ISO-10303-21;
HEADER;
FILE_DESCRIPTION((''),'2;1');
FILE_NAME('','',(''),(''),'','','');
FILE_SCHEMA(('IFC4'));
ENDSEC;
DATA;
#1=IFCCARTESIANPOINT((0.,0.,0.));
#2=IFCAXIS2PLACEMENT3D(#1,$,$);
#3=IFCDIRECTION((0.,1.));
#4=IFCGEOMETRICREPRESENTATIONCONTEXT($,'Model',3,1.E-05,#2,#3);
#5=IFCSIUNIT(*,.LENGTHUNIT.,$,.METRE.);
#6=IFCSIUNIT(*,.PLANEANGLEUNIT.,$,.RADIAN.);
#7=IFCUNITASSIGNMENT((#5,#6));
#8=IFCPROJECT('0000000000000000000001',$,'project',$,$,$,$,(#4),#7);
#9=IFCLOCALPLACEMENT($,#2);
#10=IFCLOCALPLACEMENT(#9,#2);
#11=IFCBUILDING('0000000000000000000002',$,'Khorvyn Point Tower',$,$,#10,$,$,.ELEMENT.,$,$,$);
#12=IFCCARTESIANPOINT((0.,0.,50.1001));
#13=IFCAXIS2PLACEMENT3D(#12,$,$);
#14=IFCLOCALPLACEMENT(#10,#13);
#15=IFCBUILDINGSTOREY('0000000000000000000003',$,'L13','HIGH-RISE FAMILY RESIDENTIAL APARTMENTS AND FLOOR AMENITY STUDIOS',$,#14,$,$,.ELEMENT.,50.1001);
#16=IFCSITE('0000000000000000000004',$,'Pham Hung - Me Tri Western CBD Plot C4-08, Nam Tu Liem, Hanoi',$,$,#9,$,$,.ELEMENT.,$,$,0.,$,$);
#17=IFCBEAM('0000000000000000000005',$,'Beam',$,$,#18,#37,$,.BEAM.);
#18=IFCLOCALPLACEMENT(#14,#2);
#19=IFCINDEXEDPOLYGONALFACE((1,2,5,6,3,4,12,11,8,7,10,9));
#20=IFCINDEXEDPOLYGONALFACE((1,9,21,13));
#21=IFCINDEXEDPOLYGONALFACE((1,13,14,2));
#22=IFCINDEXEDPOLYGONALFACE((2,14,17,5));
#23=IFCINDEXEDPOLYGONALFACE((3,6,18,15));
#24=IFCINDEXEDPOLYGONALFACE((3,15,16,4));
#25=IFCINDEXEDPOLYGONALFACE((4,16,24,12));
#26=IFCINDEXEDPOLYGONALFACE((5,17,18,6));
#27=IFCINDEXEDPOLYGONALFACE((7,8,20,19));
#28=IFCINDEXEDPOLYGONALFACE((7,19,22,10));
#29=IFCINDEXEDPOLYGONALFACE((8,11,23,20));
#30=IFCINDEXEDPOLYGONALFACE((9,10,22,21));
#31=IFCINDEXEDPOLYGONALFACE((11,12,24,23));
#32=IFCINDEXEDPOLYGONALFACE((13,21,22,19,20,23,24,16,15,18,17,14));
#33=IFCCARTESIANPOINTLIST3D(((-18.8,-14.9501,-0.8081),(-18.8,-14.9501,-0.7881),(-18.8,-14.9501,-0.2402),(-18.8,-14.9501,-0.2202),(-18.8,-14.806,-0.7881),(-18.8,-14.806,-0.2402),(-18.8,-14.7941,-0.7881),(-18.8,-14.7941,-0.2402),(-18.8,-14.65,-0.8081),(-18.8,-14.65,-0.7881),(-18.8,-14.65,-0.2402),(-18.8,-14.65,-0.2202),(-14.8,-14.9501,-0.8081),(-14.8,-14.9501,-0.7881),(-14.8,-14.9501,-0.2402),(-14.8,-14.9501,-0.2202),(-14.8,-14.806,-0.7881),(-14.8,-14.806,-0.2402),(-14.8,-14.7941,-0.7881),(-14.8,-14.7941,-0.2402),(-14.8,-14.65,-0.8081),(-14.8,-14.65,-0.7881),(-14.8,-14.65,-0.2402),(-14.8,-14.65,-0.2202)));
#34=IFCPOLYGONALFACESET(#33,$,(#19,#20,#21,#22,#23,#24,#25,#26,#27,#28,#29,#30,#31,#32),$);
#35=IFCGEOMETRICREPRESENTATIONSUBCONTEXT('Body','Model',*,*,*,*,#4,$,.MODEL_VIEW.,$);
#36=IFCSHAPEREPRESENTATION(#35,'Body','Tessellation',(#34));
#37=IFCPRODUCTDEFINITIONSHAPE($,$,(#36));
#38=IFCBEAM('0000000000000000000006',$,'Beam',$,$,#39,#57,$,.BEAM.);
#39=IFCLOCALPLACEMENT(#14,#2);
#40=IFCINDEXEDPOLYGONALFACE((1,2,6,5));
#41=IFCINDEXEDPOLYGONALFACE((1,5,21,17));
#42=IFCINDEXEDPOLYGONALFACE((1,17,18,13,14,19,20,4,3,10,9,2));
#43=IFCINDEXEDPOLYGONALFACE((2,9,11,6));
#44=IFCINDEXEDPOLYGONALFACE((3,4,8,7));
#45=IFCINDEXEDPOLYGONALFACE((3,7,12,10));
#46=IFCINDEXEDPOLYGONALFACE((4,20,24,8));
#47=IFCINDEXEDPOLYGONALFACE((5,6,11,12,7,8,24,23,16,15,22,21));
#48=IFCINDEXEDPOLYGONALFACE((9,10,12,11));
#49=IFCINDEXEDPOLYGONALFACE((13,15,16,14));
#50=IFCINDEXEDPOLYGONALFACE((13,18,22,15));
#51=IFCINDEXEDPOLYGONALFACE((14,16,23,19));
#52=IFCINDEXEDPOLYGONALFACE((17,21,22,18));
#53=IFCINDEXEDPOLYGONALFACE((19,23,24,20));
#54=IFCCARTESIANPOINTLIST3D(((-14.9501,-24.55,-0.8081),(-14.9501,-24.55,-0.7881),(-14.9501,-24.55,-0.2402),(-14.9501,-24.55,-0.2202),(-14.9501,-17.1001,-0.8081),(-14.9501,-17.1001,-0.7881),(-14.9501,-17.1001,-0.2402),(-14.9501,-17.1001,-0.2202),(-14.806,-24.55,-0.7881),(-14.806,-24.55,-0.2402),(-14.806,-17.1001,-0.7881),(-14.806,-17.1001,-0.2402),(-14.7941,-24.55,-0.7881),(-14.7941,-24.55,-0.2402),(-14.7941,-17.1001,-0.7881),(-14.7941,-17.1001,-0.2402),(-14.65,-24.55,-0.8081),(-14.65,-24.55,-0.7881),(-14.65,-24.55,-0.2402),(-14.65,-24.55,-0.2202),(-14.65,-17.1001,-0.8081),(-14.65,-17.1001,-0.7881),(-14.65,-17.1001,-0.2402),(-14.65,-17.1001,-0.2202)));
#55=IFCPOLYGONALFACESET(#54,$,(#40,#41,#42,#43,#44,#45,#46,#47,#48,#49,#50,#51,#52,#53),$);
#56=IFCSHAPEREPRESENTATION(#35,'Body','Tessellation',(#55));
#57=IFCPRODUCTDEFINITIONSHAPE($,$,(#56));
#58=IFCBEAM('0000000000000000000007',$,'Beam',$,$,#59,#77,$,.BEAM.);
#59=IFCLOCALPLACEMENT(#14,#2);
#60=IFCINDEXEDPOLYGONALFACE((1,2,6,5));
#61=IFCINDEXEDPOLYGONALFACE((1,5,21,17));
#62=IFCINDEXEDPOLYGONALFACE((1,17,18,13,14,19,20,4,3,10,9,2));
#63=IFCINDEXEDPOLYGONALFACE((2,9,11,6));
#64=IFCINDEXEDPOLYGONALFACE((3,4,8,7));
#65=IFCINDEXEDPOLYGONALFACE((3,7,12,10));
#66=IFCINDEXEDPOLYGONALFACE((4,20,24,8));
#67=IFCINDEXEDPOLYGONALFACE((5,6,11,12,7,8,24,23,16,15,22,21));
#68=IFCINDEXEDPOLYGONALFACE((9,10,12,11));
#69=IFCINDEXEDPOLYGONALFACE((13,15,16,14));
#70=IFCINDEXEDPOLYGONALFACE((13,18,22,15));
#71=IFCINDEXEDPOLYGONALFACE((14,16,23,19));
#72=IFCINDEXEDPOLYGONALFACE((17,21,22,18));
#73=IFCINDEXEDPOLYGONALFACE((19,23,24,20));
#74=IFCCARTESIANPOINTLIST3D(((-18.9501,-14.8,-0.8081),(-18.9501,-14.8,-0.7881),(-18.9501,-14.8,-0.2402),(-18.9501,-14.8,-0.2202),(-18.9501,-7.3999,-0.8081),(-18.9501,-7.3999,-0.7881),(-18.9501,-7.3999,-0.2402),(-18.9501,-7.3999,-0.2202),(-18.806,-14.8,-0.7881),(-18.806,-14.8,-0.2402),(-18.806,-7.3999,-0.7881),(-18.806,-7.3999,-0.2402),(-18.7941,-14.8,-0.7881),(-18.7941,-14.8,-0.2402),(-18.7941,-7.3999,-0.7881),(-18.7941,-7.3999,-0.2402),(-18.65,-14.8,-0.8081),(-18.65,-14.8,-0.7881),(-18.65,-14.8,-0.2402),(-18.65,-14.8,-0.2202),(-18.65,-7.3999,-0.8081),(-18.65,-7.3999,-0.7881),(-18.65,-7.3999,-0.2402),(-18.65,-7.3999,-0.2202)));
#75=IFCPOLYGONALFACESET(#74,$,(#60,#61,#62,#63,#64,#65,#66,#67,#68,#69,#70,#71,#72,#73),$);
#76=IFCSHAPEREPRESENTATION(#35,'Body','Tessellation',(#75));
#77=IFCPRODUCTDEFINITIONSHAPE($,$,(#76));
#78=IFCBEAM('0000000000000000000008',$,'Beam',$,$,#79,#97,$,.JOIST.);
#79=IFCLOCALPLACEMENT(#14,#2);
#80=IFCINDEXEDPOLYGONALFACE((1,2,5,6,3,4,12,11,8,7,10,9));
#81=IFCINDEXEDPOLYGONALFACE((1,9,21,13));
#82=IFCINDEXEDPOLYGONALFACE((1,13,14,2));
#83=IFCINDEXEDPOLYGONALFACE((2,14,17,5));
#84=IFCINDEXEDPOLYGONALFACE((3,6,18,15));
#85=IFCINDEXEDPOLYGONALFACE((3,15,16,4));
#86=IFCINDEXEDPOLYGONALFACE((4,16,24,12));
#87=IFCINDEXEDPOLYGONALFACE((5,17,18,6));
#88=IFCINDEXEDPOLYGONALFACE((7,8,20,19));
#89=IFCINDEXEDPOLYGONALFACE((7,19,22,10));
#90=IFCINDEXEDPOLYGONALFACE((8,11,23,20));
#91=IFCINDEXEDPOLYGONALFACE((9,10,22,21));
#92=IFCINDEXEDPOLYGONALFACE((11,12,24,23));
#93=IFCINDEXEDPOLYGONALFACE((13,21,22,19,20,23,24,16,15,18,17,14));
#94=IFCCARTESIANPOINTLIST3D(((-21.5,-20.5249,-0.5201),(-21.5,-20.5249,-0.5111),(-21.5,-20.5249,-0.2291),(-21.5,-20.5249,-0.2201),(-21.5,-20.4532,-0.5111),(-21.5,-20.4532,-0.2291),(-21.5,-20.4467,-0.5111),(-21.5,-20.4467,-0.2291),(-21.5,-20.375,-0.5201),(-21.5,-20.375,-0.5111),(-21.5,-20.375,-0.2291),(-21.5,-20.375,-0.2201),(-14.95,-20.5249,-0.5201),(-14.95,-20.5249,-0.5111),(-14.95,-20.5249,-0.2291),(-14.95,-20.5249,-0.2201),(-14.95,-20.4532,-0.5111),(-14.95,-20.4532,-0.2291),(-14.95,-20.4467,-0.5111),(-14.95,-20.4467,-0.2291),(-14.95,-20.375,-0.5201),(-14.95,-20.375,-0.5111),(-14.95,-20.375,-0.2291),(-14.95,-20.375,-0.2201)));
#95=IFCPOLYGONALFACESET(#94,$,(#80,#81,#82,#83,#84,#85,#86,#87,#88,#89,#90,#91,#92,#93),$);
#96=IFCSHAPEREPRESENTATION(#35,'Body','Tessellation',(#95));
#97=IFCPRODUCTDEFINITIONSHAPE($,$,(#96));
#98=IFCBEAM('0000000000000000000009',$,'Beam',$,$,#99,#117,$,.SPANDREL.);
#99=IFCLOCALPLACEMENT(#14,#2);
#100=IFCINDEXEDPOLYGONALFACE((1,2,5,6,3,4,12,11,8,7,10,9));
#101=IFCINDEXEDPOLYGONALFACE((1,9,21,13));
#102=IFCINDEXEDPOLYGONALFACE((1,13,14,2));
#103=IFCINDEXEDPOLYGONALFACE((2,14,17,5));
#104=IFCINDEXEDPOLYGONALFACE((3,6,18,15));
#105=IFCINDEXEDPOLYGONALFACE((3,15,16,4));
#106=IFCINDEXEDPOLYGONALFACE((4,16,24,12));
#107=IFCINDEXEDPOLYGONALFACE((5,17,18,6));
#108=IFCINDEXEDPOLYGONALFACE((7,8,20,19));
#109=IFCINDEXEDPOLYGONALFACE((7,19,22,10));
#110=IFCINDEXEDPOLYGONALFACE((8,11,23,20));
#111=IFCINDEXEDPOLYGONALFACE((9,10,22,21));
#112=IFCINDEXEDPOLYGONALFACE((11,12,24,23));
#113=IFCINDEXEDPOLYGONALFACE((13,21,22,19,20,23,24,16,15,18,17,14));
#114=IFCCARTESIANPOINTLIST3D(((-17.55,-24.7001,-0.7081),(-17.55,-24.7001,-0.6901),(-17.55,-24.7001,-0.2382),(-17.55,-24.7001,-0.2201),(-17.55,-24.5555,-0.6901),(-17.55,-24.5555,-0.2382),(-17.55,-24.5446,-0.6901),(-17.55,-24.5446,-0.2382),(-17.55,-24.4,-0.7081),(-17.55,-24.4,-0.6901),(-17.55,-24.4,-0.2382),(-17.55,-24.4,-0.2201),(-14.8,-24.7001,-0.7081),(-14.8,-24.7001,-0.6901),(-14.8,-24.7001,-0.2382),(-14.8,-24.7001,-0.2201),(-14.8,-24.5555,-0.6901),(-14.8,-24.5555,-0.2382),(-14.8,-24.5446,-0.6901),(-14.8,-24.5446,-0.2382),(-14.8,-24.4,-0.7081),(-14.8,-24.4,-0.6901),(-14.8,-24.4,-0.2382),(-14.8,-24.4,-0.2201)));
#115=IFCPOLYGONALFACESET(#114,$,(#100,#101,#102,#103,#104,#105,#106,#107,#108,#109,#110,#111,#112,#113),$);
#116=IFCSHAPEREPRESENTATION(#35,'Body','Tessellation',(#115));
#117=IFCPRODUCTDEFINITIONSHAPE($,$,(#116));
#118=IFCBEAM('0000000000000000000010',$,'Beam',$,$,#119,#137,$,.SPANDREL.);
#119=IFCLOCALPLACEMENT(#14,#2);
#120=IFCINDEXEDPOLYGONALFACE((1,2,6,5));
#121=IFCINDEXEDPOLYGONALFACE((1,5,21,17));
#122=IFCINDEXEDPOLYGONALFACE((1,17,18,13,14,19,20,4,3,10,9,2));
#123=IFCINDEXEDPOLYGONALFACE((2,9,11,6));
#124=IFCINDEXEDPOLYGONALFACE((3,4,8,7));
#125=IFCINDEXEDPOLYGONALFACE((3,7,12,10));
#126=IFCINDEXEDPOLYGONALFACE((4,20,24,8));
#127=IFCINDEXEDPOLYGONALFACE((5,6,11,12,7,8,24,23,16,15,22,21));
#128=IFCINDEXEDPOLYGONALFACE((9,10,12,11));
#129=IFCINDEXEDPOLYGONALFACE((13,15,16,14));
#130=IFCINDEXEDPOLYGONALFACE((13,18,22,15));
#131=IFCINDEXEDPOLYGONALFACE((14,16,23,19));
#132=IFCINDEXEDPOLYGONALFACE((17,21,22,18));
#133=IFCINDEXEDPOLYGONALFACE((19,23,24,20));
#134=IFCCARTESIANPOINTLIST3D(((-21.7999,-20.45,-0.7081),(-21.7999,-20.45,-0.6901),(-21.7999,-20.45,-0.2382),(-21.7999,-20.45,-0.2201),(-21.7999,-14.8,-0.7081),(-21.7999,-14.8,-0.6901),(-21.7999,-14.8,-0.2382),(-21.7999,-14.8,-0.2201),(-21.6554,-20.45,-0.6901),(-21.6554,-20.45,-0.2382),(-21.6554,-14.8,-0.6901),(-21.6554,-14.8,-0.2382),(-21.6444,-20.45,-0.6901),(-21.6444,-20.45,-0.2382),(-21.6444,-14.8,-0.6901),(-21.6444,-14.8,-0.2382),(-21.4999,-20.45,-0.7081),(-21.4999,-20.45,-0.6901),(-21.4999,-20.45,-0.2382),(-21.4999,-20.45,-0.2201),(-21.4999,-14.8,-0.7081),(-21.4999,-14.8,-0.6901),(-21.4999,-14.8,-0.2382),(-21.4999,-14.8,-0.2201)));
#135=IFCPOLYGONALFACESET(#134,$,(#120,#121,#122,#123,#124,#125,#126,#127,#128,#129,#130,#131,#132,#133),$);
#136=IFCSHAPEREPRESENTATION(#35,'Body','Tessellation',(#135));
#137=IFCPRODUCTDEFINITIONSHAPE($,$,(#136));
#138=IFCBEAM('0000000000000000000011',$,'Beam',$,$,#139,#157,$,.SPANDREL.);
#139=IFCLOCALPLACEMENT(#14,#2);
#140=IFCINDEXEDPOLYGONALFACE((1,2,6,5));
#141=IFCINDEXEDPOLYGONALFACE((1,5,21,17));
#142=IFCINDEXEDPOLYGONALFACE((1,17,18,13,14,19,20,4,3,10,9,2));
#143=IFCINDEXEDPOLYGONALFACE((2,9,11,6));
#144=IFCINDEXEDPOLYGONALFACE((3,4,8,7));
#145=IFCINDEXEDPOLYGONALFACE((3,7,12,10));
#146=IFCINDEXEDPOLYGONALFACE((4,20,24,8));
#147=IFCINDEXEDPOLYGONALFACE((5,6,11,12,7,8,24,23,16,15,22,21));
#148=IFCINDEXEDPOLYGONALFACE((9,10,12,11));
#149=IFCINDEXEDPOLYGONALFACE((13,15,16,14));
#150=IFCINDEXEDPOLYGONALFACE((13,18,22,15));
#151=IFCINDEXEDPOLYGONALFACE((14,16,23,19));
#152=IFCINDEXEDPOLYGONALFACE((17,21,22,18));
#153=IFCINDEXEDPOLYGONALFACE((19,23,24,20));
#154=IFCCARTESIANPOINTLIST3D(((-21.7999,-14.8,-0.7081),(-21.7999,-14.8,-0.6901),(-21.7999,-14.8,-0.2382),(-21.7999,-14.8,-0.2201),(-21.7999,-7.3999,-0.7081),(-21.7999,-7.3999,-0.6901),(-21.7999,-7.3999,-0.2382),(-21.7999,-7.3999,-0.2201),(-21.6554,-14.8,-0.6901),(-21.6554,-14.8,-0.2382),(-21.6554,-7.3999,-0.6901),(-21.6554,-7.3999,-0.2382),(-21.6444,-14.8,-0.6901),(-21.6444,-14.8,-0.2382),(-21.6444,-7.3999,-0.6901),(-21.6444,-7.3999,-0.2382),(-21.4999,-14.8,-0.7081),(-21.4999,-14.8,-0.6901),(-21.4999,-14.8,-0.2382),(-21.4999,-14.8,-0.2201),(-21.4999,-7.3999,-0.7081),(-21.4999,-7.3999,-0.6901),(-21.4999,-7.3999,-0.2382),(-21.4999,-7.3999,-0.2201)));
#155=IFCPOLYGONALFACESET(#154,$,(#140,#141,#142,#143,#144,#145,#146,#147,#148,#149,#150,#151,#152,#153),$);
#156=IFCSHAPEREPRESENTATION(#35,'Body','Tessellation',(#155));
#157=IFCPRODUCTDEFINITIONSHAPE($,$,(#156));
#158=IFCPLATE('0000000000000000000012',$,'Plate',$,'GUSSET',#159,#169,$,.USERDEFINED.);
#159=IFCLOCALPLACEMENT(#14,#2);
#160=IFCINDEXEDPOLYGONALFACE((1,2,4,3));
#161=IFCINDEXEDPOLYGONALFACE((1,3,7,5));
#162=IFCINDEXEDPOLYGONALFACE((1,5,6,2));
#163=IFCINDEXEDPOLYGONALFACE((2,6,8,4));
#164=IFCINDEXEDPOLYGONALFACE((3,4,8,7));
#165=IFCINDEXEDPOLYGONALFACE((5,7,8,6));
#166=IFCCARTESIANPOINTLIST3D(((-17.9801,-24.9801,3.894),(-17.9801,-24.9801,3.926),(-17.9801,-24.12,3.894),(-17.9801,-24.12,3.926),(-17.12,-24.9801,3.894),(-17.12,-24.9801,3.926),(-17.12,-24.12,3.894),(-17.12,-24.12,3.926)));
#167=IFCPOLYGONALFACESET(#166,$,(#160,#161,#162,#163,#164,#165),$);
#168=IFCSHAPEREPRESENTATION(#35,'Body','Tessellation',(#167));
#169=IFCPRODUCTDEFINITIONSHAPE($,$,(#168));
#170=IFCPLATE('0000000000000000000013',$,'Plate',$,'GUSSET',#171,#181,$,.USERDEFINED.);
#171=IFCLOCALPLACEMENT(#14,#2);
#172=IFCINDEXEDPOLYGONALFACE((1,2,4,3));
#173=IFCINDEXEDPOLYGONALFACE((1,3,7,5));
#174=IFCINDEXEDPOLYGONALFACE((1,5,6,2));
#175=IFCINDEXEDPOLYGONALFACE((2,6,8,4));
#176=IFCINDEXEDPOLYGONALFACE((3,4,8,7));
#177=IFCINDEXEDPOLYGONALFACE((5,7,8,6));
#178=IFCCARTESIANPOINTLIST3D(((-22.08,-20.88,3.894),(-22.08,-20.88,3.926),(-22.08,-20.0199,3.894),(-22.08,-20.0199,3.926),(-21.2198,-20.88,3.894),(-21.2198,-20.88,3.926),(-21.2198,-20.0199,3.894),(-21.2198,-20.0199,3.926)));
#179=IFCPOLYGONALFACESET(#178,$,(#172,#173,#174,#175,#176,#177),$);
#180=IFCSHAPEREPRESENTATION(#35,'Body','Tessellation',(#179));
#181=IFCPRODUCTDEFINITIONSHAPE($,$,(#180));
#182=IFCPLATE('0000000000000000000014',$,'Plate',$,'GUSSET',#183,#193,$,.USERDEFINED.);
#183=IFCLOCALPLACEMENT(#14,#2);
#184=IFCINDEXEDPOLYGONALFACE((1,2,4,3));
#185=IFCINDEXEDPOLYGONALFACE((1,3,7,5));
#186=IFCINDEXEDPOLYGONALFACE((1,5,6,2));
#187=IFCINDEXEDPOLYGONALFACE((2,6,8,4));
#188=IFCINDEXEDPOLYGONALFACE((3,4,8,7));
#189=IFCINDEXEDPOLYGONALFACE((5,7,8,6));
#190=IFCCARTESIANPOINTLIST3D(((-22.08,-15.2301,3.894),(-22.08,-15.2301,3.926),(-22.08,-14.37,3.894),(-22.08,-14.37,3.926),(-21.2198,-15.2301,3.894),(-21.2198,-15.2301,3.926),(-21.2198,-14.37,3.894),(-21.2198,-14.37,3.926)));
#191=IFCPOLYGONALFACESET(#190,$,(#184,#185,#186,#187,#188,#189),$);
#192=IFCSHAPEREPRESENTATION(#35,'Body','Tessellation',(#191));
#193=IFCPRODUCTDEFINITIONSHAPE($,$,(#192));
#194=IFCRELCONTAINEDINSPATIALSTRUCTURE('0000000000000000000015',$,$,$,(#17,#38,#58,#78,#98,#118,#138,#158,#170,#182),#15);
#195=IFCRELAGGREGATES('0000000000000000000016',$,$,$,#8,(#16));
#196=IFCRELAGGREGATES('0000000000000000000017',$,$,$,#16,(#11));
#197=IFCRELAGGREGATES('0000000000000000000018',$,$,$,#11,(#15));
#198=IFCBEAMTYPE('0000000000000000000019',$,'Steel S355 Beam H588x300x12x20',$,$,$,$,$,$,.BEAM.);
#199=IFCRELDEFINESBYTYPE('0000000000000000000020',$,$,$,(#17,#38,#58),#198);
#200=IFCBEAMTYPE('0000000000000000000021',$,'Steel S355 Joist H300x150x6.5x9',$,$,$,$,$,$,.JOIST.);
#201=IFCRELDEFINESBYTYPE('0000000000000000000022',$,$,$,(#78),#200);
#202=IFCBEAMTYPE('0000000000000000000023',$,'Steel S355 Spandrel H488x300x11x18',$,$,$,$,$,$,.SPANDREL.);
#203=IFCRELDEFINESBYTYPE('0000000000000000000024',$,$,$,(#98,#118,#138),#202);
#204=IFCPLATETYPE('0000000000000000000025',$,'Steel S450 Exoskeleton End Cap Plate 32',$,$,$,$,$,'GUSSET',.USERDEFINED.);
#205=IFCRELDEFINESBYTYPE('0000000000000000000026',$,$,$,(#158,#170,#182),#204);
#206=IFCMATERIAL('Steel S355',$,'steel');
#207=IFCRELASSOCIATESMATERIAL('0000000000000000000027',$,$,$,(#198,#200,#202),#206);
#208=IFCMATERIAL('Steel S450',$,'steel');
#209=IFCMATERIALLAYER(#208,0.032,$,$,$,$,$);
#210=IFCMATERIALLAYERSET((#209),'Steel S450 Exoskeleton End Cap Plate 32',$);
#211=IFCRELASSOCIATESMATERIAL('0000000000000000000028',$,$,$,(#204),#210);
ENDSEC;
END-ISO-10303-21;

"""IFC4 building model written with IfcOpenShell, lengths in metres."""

from ifc_helpers import new_model, si_unit, direction, frame, origin, origin_2d, place, context, subcontext, project, spatial, rectangle, i_section, extrude, material, layer, layer_set, material_profile, profile_set, type_object, element, save


model = new_model("IFC4")

# Units and contexts
model_context = context("Model", 3, precision=1e-05, world=origin(), true_north=direction((0.0, 1.0)))
body_context = subcontext(model_context, "Body", "Model", "MODEL_VIEW")
ifc_project = project(units=[si_unit("LENGTHUNIT", "METRE"), si_unit("PLANEANGLEUNIT", "RADIAN")], contexts=[model_context])

# Site, building, storey
site_placement = place(None, origin())
site = spatial("IfcSite", under=ifc_project, at=site_placement, Name="Pham Hung - Me Tri Western CBD Plot C4-08, Nam Tu Liem, Hanoi", CompositionType="ELEMENT", RefElevation=0.0)
building_placement = place(site_placement, origin())
building = spatial("IfcBuilding", under=site, at=building_placement, Name="Khorvyn Point Tower", CompositionType="ELEMENT")
storey_placement = place(building_placement, frame((0.0, 0.0, 50.1001)))
storey = spatial("IfcBuildingStorey", under=building, at=storey_placement, Name="L13", Description="HIGH-RISE FAMILY RESIDENTIAL APARTMENTS AND FLOOR AMENITY STUDIOS", CompositionType="ELEMENT", Elevation=50.1001)

# Shared definitions
ifc_material_1 = material(Name="Steel S450", Category="steel")

# Beams
ifc_material_2 = material(Name="Steel S355", Category="steel")
ifc_material_profile_1 = material_profile(ifc_material_2, i_section(OverallWidth=0.3, OverallDepth=0.5879, WebThickness=0.012, FlangeThickness=0.02, at=origin_2d()))
ifc_profile_set_1 = profile_set([ifc_material_profile_1], Name="Steel S355 H588x300x12x20")
beam_type_1 = type_object("IfcBeamType", Name="Steel S355 Beam H588x300x12x20", PredefinedType="BEAM", material=ifc_profile_set_1)
beam_1_placement = place(storey_placement, frame((-18.8, -14.8, -0.5142), z_axis=(1.0, 0.0, 0.0), x_axis=(0.0, 1.0, 0.0)))
element("IfcBeam", 1, at=beam_1_placement, inside=storey, type_object=beam_type_1, Name="Beam", PredefinedType="BEAM", context=body_context, shape_type="SweptSolid", body=[
    extrude(i_section(OverallWidth=0.3, OverallDepth=0.5879, WebThickness=0.012, FlangeThickness=0.02, at=origin_2d()), origin(), (0.0, 0.0, 1.0), 4.0),
])
beam_2_placement = place(storey_placement, frame((-14.8, -24.55, -0.5142), z_axis=(0.0, 1.0, 0.0), x_axis=(-1.0, 0.0, 0.0)))
element("IfcBeam", 2, at=beam_2_placement, inside=storey, type_object=beam_type_1, Name="Beam", PredefinedType="BEAM", context=body_context, shape_type="SweptSolid", body=[
    extrude(i_section(OverallWidth=0.3, OverallDepth=0.5879, WebThickness=0.012, FlangeThickness=0.02, at=origin_2d()), origin(), (0.0, 0.0, 1.0), 7.45),
])
beam_3_placement = place(storey_placement, frame((-18.8, -14.8, -0.5142), z_axis=(0.0, 1.0, 0.0), x_axis=(-1.0, 0.0, 0.0)))
element("IfcBeam", 3, at=beam_3_placement, inside=storey, type_object=beam_type_1, Name="Beam", PredefinedType="BEAM", context=body_context, shape_type="SweptSolid", body=[
    extrude(i_section(OverallWidth=0.3, OverallDepth=0.5879, WebThickness=0.012, FlangeThickness=0.02, at=origin_2d()), origin(), (0.0, 0.0, 1.0), 7.4001),
])
ifc_material_profile_2 = material_profile(ifc_material_2, i_section(OverallWidth=0.1499, OverallDepth=0.3, WebThickness=0.0066, FlangeThickness=0.009, at=origin_2d()))
ifc_profile_set_2 = profile_set([ifc_material_profile_2], Name="Steel S355 H300x150x6.5x9")
beam_type_2 = type_object("IfcBeamType", Name="Steel S355 Joist H300x150x6.5x9", PredefinedType="JOIST", material=ifc_profile_set_2)
beam_4_placement = place(storey_placement, frame((-21.5, -20.45, -0.3701), z_axis=(1.0, 0.0, 0.0), x_axis=(0.0, 1.0, 0.0)))
element("IfcBeam", 4, at=beam_4_placement, inside=storey, type_object=beam_type_2, Name="Beam", PredefinedType="JOIST", context=body_context, shape_type="SweptSolid", body=[
    extrude(i_section(OverallWidth=0.1499, OverallDepth=0.3, WebThickness=0.0066, FlangeThickness=0.009, at=origin_2d()), origin(), (0.0, 0.0, 1.0), 6.55),
])
ifc_material_profile_3 = material_profile(ifc_material_2, i_section(OverallWidth=0.3, OverallDepth=0.488, WebThickness=0.011, FlangeThickness=0.0181, at=origin_2d()))
ifc_profile_set_3 = profile_set([ifc_material_profile_3], Name="Steel S355 H488x300x11x18")
beam_type_3 = type_object("IfcBeamType", Name="Steel S355 Spandrel H488x300x11x18", PredefinedType="SPANDREL", material=ifc_profile_set_3)
beam_5_placement = place(storey_placement, frame((-17.55, -24.55, -0.4641), z_axis=(1.0, 0.0, 0.0), x_axis=(0.0, 1.0, 0.0)))
element("IfcBeam", 5, at=beam_5_placement, inside=storey, type_object=beam_type_3, Name="Beam", PredefinedType="SPANDREL", context=body_context, shape_type="SweptSolid", body=[
    extrude(i_section(OverallWidth=0.3, OverallDepth=0.488, WebThickness=0.011, FlangeThickness=0.0181, at=origin_2d()), origin(), (0.0, 0.0, 1.0), 2.75),
])
beam_6_placement = place(storey_placement, frame((-21.6499, -20.45, -0.4641), z_axis=(0.0, 1.0, 0.0), x_axis=(-1.0, 0.0, 0.0)))
element("IfcBeam", 6, at=beam_6_placement, inside=storey, type_object=beam_type_3, Name="Beam", PredefinedType="SPANDREL", context=body_context, shape_type="SweptSolid", body=[
    extrude(i_section(OverallWidth=0.3, OverallDepth=0.488, WebThickness=0.011, FlangeThickness=0.0181, at=origin_2d()), origin(), (0.0, 0.0, 1.0), 5.6499),
])
beam_7_placement = place(storey_placement, frame((-21.6499, -14.8, -0.4641), z_axis=(0.0, 1.0, 0.0), x_axis=(-1.0, 0.0, 0.0)))
element("IfcBeam", 7, at=beam_7_placement, inside=storey, type_object=beam_type_3, Name="Beam", PredefinedType="SPANDREL", context=body_context, shape_type="SweptSolid", body=[
    extrude(i_section(OverallWidth=0.3, OverallDepth=0.488, WebThickness=0.011, FlangeThickness=0.0181, at=origin_2d()), origin(), (0.0, 0.0, 1.0), 7.4001),
])

# Plates
ifc_layer_1 = layer(ifc_material_1, 0.032)
ifc_layer_set_1 = layer_set([ifc_layer_1], Name="Steel S450 Exoskeleton End Cap Plate 32")
plate_type_1 = type_object("IfcPlateType", Name="Steel S450 Exoskeleton End Cap Plate 32", ElementType="GUSSET", PredefinedType="USERDEFINED", material=ifc_layer_set_1)
for number, where, z_axis, x_axis, name in (
    (8, (-17.55, -24.55, 3.894), (0.0, 0.0, 1.0), (1.0, 0.0, 0.0), "Plate"),
    (9, (-21.6499, -20.45, 3.894), (0.0, 0.0, 1.0), (1.0, 0.0, 0.0), "Plate"),
    (10, (-21.6499, -14.8, 3.894), (0.0, 0.0, 1.0), (1.0, 0.0, 0.0), "Plate"),
):
    element("IfcPlate", number, at=place(storey_placement, frame(where, z_axis=z_axis, x_axis=x_axis)), inside=storey, type_object=plate_type_1, Name=name, ObjectType="GUSSET", PredefinedType="USERDEFINED", context=body_context, shape_type="SweptSolid", body=[
        extrude(rectangle(XDim=0.8601, YDim=0.8601, at=origin_2d()), origin(), (0.0, 0.0, 1.0), 0.032),
    ])

save(model, "model.ifc")
